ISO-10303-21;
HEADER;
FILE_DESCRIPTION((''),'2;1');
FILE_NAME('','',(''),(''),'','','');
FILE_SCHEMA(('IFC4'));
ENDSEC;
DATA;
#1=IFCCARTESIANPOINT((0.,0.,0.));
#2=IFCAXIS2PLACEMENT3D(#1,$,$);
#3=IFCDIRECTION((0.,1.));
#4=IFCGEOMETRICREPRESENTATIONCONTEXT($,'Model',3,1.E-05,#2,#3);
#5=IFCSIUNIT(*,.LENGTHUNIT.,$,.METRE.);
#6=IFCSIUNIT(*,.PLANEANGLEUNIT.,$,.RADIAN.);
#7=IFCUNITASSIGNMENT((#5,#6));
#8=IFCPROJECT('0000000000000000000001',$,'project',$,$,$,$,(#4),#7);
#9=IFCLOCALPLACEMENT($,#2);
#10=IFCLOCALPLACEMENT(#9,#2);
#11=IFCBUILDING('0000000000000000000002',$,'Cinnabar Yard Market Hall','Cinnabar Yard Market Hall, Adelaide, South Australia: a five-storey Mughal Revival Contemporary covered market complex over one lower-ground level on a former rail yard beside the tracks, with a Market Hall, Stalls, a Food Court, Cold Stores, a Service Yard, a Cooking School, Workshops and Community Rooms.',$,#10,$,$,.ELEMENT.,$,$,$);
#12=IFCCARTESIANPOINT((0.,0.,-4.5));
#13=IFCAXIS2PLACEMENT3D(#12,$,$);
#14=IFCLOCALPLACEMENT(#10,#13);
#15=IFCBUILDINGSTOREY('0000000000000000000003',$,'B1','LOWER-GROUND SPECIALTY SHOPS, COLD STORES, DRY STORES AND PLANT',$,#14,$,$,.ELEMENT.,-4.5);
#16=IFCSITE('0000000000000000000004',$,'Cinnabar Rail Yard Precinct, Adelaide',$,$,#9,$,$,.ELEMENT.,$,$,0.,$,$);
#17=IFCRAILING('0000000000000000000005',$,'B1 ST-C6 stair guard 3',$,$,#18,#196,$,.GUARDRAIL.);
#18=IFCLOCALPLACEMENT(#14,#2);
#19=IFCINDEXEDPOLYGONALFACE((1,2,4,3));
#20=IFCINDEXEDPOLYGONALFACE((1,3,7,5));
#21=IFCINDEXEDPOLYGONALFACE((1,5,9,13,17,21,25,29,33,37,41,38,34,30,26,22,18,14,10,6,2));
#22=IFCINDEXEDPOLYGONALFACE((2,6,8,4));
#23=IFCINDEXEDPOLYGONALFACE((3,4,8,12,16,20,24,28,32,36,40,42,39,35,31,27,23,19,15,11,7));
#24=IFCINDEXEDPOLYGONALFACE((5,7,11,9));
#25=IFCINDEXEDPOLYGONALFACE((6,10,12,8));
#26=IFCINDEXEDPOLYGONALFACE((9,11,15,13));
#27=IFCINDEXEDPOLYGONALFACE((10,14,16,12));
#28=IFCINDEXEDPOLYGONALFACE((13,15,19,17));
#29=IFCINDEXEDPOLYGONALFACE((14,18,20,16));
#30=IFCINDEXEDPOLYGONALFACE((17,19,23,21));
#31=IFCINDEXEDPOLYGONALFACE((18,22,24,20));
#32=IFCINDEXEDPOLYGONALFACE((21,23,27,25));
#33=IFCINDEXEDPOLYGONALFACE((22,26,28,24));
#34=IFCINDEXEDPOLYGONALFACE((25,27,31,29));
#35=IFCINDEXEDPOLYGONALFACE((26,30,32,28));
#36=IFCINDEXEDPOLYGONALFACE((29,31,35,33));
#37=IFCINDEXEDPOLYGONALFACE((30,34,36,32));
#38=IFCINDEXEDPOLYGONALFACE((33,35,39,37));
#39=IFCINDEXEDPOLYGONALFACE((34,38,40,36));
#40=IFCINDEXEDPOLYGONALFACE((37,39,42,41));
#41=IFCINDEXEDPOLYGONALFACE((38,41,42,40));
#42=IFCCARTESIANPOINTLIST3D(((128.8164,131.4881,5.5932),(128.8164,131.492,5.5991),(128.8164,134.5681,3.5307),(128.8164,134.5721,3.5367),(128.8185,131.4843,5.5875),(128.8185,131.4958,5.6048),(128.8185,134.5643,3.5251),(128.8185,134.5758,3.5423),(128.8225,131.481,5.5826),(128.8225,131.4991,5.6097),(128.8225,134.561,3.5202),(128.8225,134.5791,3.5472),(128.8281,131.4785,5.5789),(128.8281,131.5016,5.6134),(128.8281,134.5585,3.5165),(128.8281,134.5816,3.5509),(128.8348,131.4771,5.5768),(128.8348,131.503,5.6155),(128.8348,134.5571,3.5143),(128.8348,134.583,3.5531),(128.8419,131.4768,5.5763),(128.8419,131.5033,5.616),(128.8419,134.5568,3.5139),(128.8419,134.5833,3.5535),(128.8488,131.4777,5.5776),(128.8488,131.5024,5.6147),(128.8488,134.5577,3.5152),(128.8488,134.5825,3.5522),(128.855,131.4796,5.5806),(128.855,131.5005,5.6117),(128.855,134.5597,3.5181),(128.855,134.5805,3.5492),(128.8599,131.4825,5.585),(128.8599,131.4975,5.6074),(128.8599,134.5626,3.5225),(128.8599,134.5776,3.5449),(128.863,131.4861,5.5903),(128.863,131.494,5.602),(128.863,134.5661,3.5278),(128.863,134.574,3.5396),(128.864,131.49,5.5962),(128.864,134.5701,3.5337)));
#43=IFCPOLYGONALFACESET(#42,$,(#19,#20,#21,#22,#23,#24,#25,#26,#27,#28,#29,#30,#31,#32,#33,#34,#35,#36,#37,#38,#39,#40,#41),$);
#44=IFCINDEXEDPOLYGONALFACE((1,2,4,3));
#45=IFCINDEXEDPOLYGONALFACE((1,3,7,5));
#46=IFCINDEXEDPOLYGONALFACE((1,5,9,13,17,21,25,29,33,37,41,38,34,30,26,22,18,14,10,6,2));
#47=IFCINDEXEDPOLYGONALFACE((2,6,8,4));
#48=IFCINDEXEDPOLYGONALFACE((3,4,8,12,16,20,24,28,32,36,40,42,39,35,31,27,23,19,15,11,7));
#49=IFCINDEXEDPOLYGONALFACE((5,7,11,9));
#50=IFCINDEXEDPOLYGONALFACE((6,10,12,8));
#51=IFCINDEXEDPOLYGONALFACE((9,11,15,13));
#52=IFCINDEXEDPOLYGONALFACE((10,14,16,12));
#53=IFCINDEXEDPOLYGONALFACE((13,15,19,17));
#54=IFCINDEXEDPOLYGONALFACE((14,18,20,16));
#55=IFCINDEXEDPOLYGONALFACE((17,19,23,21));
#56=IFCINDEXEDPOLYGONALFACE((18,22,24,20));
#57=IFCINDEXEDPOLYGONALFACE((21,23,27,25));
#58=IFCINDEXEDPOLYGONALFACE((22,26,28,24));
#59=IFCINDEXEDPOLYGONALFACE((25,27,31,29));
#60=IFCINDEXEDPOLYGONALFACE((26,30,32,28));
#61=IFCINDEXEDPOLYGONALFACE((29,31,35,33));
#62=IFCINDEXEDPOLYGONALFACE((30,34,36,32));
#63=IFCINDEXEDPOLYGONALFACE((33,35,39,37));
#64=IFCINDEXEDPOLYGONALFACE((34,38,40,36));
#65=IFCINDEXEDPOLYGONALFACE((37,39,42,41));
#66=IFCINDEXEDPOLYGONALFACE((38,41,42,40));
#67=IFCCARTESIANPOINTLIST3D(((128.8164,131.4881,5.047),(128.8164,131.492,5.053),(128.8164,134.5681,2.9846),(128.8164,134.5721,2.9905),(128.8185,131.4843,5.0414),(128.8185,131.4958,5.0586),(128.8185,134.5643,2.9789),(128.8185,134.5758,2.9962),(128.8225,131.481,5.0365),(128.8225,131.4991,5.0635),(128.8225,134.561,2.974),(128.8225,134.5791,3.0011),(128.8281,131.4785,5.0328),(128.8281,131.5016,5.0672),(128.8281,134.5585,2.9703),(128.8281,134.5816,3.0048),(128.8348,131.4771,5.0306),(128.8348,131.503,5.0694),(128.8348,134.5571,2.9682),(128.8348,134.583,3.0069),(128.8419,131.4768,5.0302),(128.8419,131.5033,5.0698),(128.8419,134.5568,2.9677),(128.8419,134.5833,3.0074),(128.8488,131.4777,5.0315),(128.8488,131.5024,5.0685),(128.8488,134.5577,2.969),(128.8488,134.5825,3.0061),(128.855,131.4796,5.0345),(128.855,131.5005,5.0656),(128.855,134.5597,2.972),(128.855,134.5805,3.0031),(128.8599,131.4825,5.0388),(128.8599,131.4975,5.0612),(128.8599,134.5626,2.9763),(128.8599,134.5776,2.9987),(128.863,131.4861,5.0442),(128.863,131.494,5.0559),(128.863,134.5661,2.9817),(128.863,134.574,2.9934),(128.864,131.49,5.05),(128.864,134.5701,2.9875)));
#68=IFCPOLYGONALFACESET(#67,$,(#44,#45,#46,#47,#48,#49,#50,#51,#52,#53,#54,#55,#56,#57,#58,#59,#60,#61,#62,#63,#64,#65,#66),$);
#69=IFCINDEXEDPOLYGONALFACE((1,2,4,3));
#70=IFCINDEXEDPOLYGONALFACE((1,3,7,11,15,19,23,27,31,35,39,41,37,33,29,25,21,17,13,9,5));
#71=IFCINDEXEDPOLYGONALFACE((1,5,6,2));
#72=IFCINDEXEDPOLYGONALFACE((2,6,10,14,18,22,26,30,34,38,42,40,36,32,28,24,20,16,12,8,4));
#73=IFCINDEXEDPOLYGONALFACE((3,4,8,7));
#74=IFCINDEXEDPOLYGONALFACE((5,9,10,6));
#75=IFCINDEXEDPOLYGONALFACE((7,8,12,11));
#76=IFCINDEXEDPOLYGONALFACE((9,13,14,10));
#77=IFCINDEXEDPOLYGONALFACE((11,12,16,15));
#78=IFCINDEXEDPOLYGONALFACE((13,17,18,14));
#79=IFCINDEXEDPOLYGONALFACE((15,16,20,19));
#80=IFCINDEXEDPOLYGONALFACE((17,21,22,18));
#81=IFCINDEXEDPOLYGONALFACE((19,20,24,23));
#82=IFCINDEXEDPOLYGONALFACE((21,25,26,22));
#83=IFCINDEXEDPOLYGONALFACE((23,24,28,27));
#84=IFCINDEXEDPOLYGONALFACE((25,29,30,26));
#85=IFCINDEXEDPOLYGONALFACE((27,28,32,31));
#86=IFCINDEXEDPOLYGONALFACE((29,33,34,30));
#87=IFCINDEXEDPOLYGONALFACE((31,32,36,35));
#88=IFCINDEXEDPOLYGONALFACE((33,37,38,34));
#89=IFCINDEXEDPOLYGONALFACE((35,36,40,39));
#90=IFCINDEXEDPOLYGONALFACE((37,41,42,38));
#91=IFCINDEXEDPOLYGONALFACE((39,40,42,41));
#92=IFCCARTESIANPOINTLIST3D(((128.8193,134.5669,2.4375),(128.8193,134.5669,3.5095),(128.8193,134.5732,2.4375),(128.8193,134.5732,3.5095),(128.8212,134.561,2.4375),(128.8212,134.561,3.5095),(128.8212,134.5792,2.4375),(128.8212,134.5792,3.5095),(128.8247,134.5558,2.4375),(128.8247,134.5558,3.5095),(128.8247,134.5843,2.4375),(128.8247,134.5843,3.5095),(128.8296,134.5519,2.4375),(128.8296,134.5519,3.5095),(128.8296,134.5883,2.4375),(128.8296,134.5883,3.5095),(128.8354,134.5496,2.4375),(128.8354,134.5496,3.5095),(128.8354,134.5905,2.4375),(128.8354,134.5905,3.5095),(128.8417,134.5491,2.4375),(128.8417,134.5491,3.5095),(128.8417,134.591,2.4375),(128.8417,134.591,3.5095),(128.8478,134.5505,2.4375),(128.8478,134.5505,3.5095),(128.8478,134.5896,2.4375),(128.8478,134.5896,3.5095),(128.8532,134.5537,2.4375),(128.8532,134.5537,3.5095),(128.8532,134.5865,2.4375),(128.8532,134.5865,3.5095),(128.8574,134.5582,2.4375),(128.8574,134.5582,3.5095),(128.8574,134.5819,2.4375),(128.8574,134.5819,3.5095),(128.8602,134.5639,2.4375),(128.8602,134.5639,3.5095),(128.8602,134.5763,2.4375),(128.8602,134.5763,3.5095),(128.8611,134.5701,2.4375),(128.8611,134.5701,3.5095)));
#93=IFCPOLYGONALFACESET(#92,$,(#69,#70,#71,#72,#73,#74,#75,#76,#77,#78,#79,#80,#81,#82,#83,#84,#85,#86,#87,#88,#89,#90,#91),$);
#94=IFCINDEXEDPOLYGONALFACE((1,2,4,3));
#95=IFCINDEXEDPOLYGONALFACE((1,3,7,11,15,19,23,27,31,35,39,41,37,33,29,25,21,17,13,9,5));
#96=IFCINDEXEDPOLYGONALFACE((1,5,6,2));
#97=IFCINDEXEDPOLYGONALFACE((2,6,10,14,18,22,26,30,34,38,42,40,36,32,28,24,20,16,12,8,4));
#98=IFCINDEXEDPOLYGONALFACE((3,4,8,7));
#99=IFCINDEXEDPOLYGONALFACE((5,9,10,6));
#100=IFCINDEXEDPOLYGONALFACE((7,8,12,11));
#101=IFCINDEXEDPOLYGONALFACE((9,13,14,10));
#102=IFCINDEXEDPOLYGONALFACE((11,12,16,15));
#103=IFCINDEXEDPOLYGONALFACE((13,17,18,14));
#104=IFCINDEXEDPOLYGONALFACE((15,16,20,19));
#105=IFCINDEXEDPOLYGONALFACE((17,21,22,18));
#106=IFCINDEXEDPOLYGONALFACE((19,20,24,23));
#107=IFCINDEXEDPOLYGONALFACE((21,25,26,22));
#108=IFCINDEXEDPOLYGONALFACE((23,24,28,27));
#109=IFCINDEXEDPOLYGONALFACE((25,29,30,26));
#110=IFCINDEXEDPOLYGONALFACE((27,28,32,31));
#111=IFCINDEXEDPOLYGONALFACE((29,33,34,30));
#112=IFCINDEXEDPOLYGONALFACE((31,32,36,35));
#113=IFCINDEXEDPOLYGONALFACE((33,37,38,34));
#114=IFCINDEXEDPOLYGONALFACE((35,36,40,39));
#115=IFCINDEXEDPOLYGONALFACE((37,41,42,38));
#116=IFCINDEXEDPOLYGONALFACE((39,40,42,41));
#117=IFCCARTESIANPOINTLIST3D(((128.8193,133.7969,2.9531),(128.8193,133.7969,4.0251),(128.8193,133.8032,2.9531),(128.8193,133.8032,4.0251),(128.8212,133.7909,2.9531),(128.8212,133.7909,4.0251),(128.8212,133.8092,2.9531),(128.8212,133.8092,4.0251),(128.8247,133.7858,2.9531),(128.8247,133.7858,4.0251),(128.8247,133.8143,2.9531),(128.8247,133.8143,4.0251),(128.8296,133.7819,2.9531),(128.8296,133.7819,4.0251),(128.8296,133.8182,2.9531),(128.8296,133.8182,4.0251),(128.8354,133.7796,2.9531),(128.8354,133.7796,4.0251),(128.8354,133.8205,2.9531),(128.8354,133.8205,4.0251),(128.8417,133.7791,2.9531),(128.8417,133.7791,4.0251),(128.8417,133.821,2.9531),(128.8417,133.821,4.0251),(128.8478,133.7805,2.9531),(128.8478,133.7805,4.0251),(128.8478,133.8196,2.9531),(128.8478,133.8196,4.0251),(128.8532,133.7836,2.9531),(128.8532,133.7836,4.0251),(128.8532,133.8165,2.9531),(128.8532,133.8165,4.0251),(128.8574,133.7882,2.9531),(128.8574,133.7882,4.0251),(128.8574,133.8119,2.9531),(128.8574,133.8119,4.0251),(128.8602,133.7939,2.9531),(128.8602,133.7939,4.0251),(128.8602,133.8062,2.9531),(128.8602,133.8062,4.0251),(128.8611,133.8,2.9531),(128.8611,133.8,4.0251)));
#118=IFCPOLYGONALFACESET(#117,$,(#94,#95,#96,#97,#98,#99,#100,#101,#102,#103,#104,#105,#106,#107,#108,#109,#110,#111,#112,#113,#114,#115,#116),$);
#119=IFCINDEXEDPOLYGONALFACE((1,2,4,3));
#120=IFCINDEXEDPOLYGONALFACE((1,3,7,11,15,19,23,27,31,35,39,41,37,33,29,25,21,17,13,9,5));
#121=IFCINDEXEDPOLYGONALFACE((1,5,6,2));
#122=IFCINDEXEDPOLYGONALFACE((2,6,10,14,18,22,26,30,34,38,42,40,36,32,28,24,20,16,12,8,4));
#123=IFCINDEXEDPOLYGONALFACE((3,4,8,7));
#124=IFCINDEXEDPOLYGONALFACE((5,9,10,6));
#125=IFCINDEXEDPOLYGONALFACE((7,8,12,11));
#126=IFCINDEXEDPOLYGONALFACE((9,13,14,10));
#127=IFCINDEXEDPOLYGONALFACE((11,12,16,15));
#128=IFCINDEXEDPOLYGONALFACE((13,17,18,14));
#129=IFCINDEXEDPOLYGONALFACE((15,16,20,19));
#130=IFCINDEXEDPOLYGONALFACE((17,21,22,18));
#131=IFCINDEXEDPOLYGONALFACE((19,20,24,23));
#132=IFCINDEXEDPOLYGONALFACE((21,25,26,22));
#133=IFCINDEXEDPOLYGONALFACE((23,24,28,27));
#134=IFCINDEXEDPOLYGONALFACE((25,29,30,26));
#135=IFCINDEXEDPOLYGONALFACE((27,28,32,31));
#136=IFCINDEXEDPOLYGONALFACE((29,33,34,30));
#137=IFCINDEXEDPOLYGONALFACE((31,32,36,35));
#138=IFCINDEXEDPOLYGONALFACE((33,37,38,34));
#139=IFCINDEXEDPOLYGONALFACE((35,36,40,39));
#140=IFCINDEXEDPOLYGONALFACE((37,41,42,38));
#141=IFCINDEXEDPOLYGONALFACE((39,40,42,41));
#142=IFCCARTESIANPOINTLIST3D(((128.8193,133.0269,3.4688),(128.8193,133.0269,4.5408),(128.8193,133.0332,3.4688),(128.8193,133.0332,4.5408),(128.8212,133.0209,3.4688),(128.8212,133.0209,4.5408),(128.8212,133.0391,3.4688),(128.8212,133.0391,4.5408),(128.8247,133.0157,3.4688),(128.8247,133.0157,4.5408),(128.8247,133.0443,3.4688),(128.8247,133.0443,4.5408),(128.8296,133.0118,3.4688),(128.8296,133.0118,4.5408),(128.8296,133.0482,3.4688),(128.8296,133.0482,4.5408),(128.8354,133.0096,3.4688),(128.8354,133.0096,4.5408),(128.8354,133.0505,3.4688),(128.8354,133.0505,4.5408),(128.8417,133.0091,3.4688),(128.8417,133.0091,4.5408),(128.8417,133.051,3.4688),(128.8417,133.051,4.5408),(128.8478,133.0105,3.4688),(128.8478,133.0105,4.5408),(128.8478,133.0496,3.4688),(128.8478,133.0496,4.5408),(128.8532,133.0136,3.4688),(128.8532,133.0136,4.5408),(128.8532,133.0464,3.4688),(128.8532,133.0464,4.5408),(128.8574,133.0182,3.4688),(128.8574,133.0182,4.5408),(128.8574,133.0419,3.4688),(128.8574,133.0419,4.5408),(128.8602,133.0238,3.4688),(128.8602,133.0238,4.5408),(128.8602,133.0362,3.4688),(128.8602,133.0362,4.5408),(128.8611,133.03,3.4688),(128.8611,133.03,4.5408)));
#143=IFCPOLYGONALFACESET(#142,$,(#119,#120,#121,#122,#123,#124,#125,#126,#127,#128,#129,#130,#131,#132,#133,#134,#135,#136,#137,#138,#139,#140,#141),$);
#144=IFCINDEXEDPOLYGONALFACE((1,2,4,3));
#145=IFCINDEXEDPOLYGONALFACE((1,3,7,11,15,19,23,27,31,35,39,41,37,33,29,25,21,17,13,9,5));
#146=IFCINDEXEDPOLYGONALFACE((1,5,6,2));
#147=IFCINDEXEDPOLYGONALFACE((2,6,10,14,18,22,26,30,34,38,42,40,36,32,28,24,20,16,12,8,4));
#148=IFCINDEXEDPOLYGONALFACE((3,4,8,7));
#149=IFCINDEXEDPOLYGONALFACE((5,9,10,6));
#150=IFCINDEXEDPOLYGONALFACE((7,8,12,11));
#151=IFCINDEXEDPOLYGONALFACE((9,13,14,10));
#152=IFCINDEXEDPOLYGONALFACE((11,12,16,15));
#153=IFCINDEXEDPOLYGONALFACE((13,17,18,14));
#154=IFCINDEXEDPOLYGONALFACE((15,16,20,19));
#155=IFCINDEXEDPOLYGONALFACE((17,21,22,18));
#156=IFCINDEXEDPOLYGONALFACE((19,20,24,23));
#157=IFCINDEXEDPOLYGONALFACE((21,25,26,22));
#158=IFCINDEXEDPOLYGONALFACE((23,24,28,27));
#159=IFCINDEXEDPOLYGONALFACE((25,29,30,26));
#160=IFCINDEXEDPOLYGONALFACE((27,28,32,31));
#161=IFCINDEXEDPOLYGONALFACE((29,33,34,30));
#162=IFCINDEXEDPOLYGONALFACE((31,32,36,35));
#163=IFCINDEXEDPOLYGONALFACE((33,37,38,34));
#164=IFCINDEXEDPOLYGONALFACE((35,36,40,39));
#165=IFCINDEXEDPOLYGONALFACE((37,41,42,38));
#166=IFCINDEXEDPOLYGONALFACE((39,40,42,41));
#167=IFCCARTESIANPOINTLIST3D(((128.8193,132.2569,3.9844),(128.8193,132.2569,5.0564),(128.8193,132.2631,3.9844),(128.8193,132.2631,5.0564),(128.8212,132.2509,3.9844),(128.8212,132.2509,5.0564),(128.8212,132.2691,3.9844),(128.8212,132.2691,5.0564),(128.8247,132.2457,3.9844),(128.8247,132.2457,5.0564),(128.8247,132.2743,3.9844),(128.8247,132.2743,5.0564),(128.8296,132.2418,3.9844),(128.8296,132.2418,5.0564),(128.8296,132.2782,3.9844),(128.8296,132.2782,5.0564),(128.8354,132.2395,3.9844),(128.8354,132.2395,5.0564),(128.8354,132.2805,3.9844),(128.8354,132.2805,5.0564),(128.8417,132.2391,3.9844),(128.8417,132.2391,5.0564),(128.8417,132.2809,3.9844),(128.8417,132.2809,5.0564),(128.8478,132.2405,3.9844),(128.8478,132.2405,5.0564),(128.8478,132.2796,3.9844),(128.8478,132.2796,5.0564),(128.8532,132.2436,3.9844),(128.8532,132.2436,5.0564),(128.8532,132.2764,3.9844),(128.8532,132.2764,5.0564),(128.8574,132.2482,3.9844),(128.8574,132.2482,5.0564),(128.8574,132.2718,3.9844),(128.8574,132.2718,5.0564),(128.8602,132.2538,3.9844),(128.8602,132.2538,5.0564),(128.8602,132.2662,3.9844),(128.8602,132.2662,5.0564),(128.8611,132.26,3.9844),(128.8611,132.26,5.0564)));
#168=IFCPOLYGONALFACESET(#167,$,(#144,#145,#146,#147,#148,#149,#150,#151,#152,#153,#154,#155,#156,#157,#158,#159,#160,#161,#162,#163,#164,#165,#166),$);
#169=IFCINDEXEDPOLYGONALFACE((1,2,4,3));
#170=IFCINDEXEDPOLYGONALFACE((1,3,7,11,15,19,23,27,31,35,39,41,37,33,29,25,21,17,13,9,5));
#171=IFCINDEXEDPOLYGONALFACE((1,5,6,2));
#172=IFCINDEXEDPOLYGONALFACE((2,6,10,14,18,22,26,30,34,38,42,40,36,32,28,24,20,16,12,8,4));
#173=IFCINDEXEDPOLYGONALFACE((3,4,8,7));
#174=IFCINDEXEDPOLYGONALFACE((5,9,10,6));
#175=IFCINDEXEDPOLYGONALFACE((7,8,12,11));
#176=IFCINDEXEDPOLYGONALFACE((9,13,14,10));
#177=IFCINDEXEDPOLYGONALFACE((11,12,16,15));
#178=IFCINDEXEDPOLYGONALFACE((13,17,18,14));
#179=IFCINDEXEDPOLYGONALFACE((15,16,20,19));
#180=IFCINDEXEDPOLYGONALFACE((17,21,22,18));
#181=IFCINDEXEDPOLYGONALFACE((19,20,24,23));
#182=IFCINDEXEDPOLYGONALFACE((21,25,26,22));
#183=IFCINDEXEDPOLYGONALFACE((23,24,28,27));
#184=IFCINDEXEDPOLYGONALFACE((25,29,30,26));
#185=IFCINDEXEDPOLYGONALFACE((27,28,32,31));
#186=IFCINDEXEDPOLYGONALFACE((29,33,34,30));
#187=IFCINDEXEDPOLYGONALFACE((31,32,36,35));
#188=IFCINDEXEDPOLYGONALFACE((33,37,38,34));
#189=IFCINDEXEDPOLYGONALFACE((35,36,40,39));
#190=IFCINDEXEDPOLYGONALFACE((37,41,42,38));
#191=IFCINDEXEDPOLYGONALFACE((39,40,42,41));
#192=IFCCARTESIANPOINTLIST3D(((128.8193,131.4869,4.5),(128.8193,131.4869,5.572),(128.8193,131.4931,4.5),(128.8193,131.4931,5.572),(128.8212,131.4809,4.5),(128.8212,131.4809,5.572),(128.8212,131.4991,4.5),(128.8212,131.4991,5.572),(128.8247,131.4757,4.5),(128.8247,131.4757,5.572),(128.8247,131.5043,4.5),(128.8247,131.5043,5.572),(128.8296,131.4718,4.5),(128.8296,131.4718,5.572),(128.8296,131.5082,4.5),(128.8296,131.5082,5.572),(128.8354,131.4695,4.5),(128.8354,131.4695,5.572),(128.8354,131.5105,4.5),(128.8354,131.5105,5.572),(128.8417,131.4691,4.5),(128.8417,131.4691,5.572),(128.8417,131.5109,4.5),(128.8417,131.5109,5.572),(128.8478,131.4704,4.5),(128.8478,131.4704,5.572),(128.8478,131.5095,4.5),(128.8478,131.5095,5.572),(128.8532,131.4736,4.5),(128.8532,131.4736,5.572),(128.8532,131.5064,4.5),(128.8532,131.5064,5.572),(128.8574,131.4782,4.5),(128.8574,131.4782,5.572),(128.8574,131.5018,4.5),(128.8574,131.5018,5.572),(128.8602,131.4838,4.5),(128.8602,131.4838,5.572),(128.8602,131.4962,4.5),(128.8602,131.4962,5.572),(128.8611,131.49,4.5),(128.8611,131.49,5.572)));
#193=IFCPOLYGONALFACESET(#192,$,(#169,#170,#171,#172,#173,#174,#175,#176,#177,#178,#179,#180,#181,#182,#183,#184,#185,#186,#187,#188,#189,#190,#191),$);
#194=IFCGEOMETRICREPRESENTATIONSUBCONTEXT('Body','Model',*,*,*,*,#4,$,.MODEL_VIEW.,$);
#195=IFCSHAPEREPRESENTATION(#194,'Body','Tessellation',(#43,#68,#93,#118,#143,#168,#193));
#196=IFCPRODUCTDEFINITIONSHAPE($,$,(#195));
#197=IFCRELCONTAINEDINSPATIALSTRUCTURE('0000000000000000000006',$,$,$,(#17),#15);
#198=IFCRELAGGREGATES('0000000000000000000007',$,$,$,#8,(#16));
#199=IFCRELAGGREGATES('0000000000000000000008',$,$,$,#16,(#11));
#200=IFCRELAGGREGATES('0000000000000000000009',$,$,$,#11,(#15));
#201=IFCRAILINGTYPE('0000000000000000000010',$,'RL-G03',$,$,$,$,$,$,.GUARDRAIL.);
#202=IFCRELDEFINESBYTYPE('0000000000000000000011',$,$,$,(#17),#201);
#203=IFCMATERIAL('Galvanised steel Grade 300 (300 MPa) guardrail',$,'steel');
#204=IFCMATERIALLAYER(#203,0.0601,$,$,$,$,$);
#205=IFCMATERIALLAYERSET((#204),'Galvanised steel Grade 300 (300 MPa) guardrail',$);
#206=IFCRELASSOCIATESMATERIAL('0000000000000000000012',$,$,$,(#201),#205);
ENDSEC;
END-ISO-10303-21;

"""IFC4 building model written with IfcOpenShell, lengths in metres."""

from ifc_helpers import new_model, si_unit, direction, frame, origin, origin_2d_with_axis, place, context, subcontext, project, spatial, circle, extrude, material, layer, layer_set, type_object, element, save


model = new_model("IFC4")

# Units and contexts
model_context = context("Model", 3, precision=1e-05, world=origin(), true_north=direction((0.0, 1.0)))
body_context = subcontext(model_context, "Body", "Model", "MODEL_VIEW")
ifc_project = project(units=[si_unit("LENGTHUNIT", "METRE"), si_unit("PLANEANGLEUNIT", "RADIAN")], contexts=[model_context])

# Site, building, storey
site_placement = place(None, origin())
site = spatial("IfcSite", under=ifc_project, at=site_placement, Name="Cinnabar Rail Yard Precinct, Adelaide", CompositionType="ELEMENT", RefElevation=0.0)
building_placement = place(site_placement, origin())
building = spatial("IfcBuilding", under=site, at=building_placement, Name="Cinnabar Yard Market Hall", Description="Cinnabar Yard Market Hall, Adelaide, South Australia: a five-storey Mughal Revival Contemporary covered market complex over one lower-ground level on a former rail yard beside the tracks, with a Market Hall, Stalls, a Food Court, Cold Stores, a Service Yard, a Cooking School, Workshops and Community Rooms.", CompositionType="ELEMENT")
storey_placement = place(building_placement, frame((0.0, 0.0, -4.5)))
storey = spatial("IfcBuildingStorey", under=building, at=storey_placement, Name="B1", Description="LOWER-GROUND SPECIALTY SHOPS, COLD STORES, DRY STORES AND PLANT", CompositionType="ELEMENT", Elevation=-4.5)

# Railing
ifc_material_1 = material(Name="Galvanised steel Grade 300 (300 MPa) guardrail", Category="steel")
ifc_layer_1 = layer(ifc_material_1, 0.0601)
ifc_layer_set_1 = layer_set([ifc_layer_1], Name="Galvanised steel Grade 300 (300 MPa) guardrail")
railing_type_1 = type_object("IfcRailingType", Name="RL-G03", PredefinedType="GUARDRAIL", material=ifc_layer_set_1)
railing_1_placement = place(storey_placement, frame((128.8401, 134.5701, 2.4375)))
element("IfcRailing", 1, at=railing_1_placement, inside=storey, type_object=railing_type_1, Name="B1 ST-C6 stair guard 3", PredefinedType="GUARDRAIL", context=body_context, shape_type="SweptSolid", body=[
    extrude(circle(Radius=0.0239, at=origin_2d_with_axis()), frame((0.0, 0.0, 1.0962), z_axis=(0.0, -0.830914, 0.556401), x_axis=(1.0, 0.0, 0.0)), (0.0, 0.0, 1.0), 3.7068),
    extrude(circle(Radius=0.0239, at=origin_2d_with_axis()), frame((0.0, 0.0, 0.55), z_axis=(0.0, -0.830914, 0.556401), x_axis=(1.0, 0.0, 0.0)), (0.0, 0.0, 1.0), 3.7068),
    extrude(circle(Radius=0.021, at=origin_2d_with_axis()), origin(), (0.0, 0.0, 1.0), 1.072),
    extrude(circle(Radius=0.021, at=origin_2d_with_axis()), frame((0.0, -0.77, 0.5156)), (0.0, 0.0, 1.0), 1.072),
    extrude(circle(Radius=0.021, at=origin_2d_with_axis()), frame((0.0, -1.54, 1.0312)), (0.0, 0.0, 1.0), 1.072),
    extrude(circle(Radius=0.021, at=origin_2d_with_axis()), frame((0.0, -2.3101, 1.5469)), (0.0, 0.0, 1.0), 1.072),
    extrude(circle(Radius=0.021, at=origin_2d_with_axis()), frame((0.0, -3.0801, 2.0625)), (0.0, 0.0, 1.0), 1.072),
])

save(model, "model.ifc")
